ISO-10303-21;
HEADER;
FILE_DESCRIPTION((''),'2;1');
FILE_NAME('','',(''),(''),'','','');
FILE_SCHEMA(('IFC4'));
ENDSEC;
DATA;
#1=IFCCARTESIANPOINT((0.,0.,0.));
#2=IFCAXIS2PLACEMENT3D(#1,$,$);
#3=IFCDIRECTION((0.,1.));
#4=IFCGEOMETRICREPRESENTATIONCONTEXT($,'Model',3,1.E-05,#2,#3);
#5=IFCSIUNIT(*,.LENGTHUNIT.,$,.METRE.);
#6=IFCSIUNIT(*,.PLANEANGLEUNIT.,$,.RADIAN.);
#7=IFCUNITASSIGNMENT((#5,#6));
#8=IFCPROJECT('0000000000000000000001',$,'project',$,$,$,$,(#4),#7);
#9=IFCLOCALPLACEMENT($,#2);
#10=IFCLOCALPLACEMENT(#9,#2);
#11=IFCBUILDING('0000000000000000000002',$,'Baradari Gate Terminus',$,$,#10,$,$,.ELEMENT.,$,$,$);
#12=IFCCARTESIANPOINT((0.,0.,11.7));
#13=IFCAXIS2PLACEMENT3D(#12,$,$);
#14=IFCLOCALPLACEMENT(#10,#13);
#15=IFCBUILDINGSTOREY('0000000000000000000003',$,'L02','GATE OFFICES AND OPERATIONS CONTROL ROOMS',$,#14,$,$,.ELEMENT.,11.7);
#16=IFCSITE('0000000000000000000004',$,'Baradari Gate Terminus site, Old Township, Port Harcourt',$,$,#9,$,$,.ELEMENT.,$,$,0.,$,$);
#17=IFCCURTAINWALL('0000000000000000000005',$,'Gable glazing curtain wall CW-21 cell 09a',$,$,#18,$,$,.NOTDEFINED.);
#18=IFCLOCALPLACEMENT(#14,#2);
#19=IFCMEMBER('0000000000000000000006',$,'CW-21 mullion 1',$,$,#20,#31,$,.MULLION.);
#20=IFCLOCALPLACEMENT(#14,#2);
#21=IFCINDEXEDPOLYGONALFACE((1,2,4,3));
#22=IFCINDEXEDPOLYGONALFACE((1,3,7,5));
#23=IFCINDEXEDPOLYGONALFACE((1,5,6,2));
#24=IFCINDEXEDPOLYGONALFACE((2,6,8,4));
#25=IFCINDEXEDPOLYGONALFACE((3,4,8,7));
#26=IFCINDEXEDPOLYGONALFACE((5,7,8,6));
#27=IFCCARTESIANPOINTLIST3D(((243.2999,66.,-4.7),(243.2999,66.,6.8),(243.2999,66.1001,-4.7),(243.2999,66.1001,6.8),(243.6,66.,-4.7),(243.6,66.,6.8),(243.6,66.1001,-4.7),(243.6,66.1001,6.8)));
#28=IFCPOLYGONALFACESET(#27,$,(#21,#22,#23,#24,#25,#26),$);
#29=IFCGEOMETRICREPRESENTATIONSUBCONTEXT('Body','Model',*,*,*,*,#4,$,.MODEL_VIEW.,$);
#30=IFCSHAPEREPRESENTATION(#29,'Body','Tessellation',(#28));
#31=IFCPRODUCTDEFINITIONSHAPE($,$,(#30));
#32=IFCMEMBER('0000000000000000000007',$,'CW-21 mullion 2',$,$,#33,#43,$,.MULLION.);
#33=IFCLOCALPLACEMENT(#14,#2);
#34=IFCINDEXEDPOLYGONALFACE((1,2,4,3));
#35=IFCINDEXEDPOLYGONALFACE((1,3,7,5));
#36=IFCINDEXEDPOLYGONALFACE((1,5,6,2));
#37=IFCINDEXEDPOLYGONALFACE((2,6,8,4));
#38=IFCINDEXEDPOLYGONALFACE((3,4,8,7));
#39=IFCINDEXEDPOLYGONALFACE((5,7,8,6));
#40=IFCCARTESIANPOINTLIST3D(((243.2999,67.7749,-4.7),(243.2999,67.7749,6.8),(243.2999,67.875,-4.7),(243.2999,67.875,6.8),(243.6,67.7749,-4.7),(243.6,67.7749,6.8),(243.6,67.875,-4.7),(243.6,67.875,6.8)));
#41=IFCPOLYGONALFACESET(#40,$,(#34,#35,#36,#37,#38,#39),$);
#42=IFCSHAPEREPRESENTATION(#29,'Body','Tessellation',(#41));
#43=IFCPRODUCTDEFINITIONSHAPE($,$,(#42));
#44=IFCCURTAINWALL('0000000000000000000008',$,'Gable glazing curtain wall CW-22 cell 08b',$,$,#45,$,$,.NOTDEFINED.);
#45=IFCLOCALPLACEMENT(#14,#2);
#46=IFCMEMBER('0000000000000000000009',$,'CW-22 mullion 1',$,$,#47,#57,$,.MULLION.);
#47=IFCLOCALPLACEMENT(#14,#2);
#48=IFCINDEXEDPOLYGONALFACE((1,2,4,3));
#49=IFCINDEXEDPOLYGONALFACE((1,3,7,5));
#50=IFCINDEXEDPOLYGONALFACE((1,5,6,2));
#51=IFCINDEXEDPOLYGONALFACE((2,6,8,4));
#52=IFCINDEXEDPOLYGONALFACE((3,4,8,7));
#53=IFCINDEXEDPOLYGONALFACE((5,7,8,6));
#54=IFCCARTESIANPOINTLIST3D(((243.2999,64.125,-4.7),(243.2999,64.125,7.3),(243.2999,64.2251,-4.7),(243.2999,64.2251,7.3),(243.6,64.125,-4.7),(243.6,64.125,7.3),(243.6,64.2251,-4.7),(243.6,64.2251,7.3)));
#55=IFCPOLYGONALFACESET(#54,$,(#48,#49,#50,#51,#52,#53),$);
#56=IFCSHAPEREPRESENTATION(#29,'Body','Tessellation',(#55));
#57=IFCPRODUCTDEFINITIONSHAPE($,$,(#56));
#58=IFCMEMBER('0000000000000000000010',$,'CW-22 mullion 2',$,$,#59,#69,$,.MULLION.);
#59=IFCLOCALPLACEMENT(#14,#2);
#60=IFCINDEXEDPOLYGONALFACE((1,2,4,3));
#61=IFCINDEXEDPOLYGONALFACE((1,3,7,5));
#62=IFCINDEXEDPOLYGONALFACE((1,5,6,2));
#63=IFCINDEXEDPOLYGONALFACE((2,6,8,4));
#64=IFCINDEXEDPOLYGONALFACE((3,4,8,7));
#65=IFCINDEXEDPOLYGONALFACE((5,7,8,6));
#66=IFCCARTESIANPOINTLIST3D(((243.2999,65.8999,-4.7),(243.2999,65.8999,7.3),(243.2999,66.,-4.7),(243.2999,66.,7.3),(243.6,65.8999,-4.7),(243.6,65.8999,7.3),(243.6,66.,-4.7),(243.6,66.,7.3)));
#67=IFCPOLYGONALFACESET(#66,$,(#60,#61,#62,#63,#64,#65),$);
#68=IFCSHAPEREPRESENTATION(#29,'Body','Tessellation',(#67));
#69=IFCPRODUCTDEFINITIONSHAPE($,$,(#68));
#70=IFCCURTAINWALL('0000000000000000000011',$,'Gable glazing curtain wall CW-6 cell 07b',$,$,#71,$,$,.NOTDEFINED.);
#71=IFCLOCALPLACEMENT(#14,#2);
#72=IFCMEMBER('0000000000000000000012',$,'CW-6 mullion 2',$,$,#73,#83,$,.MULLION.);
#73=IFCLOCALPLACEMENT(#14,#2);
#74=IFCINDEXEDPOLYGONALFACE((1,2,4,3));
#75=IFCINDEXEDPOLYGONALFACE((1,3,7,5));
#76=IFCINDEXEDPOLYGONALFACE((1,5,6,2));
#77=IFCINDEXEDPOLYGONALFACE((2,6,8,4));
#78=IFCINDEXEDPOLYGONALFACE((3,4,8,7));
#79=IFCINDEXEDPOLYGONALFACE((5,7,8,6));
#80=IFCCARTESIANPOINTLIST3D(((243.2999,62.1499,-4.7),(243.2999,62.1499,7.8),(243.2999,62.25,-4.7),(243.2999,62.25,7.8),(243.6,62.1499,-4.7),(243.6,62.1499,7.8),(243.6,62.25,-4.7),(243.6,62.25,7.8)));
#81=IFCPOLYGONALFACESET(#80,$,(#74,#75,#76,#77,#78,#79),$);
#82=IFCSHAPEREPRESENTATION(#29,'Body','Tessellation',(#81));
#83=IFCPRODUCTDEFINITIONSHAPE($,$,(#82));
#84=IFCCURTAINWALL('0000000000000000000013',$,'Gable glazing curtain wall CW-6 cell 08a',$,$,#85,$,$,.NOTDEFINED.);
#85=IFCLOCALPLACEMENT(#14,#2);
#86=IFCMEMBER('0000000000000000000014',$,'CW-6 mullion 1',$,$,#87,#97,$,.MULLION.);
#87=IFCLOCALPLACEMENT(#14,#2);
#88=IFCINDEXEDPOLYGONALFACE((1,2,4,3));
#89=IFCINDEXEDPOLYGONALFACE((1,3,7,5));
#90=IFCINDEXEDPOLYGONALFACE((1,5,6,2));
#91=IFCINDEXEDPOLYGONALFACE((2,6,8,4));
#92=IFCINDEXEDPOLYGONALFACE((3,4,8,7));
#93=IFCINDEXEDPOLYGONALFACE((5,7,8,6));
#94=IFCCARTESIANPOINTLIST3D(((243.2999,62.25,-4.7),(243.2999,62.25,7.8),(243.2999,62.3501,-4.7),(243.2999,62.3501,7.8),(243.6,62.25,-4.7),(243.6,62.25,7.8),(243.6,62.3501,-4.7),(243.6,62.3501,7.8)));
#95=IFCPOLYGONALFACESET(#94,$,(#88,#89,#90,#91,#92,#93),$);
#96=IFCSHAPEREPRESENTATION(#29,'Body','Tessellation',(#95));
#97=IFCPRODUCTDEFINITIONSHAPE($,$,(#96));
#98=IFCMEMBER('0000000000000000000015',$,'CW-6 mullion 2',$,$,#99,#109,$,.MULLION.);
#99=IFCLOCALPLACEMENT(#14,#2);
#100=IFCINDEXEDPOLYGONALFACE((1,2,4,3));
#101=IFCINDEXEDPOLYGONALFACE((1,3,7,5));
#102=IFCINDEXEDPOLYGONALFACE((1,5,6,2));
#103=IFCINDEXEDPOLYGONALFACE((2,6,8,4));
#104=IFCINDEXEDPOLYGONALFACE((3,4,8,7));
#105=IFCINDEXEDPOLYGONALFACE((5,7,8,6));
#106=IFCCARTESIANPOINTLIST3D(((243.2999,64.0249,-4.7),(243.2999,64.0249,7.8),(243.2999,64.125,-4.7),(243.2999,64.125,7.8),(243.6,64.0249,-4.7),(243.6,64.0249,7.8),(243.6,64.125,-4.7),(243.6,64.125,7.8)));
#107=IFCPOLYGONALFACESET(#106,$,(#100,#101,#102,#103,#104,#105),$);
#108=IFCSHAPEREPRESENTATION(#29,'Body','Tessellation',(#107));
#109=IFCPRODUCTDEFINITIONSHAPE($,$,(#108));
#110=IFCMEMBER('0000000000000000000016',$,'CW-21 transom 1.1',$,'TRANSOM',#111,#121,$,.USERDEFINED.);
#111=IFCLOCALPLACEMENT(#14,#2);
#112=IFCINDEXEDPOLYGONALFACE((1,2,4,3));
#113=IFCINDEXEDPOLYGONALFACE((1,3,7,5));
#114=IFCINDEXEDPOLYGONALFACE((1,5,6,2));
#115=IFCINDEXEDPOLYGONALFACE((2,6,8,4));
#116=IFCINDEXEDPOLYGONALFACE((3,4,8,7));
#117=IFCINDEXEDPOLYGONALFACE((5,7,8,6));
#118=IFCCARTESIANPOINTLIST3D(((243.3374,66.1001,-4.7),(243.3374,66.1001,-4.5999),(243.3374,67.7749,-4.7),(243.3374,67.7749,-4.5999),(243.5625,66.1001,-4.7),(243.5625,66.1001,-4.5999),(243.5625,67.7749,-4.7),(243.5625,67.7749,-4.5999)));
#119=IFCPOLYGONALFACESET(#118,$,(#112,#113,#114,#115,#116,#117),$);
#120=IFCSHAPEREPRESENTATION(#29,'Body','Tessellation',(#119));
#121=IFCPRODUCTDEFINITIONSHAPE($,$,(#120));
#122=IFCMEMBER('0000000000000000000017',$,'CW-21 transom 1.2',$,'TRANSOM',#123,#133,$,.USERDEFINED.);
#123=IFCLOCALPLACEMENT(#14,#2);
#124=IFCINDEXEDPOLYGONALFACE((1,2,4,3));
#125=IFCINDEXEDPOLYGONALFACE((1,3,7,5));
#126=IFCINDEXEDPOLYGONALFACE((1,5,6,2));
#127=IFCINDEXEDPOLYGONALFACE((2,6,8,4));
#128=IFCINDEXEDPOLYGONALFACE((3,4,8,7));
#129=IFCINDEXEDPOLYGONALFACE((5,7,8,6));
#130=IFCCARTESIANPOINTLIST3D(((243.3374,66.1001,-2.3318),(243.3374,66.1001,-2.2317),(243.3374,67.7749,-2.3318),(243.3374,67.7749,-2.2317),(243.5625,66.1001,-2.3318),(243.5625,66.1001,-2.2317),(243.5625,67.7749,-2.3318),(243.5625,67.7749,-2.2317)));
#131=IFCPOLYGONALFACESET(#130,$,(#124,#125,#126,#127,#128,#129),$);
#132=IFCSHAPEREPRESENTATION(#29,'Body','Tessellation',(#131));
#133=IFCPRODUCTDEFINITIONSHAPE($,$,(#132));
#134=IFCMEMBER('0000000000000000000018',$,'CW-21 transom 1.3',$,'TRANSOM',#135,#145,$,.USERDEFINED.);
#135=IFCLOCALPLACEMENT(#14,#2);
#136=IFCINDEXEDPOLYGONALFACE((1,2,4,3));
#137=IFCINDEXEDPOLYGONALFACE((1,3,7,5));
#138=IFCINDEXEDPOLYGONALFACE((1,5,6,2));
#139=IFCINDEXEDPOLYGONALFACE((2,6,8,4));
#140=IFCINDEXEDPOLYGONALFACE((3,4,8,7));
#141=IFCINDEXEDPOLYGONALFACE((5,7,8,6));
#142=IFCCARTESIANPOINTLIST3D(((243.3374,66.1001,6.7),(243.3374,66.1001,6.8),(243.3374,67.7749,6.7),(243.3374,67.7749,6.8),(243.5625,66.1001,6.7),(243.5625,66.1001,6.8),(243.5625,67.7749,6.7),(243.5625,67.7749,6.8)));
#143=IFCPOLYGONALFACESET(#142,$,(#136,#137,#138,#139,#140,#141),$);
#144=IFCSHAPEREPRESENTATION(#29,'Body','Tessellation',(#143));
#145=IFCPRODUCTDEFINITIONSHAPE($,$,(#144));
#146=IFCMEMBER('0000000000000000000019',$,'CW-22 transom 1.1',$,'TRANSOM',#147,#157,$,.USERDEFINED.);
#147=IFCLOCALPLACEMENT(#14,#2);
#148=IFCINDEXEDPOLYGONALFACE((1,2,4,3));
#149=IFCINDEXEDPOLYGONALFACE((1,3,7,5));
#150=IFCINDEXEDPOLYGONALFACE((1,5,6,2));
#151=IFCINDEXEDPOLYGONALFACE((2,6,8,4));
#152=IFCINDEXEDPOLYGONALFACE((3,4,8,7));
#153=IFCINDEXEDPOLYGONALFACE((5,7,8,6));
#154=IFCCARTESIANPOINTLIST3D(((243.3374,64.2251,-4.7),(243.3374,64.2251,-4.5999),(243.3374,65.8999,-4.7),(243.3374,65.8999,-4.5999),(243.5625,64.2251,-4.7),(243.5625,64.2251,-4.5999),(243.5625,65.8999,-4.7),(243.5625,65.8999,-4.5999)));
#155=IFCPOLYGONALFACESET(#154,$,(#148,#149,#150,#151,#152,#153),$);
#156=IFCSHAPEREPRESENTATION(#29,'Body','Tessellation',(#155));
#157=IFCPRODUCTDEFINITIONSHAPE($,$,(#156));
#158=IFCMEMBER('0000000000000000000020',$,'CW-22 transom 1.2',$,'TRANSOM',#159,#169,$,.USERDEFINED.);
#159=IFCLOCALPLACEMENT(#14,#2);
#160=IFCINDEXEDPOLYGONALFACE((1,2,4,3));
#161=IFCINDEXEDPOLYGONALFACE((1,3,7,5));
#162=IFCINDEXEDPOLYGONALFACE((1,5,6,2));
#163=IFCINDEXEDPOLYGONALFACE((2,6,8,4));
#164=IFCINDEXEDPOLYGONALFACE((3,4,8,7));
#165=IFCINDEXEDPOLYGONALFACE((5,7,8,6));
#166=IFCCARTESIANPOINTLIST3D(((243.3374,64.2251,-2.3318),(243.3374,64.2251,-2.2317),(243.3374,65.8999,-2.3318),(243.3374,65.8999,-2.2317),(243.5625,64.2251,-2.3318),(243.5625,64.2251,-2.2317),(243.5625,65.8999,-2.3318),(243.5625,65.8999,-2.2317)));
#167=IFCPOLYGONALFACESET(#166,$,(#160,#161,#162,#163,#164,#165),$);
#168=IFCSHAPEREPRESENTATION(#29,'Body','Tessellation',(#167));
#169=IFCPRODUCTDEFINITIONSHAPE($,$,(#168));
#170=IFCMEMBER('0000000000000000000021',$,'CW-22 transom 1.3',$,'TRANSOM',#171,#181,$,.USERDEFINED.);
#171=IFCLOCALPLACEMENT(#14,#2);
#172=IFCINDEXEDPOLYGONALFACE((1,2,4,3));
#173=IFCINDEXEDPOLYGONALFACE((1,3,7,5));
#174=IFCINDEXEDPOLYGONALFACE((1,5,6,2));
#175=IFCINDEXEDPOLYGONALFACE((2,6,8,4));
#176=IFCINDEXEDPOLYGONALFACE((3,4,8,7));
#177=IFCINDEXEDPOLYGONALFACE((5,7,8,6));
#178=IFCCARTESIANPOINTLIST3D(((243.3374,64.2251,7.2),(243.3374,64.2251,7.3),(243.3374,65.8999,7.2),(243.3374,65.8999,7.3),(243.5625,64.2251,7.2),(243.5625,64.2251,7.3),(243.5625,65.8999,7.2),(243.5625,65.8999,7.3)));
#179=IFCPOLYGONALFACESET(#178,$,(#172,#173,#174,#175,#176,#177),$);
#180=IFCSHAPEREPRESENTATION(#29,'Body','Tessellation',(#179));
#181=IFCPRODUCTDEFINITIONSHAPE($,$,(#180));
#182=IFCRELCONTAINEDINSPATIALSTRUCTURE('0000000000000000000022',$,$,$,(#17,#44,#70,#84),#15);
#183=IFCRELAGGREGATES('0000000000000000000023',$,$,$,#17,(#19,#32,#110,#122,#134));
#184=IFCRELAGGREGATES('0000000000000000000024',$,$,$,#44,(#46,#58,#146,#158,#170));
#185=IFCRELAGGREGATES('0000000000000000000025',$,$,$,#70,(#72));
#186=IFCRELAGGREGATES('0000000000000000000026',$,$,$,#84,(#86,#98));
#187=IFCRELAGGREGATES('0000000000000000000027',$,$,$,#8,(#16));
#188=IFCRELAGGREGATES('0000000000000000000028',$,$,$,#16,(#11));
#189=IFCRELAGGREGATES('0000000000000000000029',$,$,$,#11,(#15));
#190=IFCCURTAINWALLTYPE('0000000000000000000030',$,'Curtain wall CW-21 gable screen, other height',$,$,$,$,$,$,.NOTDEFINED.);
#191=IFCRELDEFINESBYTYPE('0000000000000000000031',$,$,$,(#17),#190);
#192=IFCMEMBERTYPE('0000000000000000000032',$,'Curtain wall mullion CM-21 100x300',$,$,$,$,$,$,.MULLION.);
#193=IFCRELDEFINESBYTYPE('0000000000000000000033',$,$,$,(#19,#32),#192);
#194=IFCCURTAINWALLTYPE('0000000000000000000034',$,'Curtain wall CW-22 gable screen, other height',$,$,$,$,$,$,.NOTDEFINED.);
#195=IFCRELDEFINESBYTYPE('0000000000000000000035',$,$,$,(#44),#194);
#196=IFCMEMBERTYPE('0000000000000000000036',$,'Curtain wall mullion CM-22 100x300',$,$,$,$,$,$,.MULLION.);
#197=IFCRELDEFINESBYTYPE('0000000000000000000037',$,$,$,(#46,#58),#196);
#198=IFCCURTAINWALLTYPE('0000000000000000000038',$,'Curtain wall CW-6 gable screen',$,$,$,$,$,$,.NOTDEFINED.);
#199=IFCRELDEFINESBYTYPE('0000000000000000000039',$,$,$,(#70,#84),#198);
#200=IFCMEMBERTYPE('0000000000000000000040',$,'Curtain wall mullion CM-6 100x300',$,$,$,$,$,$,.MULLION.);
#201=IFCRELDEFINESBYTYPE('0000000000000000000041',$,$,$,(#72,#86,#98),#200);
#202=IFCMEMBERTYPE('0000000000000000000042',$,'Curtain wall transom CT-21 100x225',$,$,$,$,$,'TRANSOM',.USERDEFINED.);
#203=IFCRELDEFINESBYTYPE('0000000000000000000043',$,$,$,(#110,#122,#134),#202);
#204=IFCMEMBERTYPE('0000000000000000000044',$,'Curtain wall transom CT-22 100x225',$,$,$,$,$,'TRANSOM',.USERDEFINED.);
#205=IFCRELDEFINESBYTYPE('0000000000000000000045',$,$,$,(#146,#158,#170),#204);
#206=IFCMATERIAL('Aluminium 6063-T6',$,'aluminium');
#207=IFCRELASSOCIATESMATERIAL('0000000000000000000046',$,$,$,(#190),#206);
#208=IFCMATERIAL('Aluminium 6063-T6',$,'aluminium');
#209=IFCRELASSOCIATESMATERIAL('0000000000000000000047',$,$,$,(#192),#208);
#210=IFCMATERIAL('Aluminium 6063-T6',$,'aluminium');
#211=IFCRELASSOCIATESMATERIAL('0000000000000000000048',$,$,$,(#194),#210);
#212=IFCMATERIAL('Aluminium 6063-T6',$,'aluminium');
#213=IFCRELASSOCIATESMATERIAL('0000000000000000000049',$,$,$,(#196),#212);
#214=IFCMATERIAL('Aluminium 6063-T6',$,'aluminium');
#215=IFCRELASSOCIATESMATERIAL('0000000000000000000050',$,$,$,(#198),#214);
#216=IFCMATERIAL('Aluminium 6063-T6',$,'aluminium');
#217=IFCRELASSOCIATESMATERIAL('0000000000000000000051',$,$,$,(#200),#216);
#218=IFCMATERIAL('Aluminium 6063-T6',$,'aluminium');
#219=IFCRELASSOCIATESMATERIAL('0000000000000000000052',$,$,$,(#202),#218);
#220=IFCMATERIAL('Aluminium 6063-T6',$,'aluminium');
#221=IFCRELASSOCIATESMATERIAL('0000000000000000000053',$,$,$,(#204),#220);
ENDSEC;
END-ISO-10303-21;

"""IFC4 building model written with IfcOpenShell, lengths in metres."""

from ifc_helpers import new_model, si_unit, direction, frame, origin, origin_2d, place, context, subcontext, project, spatial, rectangle, extrude, material, material_profile, profile_set, type_object, element, aggregate, save


model = new_model("IFC4")

# Units and contexts
model_context = context("Model", 3, precision=1e-05, world=origin(), true_north=direction((0.0, 1.0)))
body_context = subcontext(model_context, "Body", "Model", "MODEL_VIEW")
ifc_project = project(units=[si_unit("LENGTHUNIT", "METRE"), si_unit("PLANEANGLEUNIT", "RADIAN")], contexts=[model_context])

# Site, building, storey
site_placement = place(None, origin())
site = spatial("IfcSite", under=ifc_project, at=site_placement, Name="Baradari Gate Terminus site, Old Township, Port Harcourt", CompositionType="ELEMENT", RefElevation=0.0)
building_placement = place(site_placement, origin())
building = spatial("IfcBuilding", under=site, at=building_placement, Name="Baradari Gate Terminus", CompositionType="ELEMENT")
storey_placement = place(building_placement, frame((0.0, 0.0, 11.7)))
storey = spatial("IfcBuildingStorey", under=building, at=storey_placement, Name="L02", Description="GATE OFFICES AND OPERATIONS CONTROL ROOMS", CompositionType="ELEMENT", Elevation=11.7)

# Curtain walls, members
ifc_material_1 = material(Name="Aluminium 6063-T6", Category="aluminium")
curtain_wall_type_1 = type_object("IfcCurtainWallType", Name="Curtain wall CW-21 gable screen, other height", PredefinedType="NOTDEFINED", material=ifc_material_1)
curtain_wall_1_placement = place(storey_placement, origin())
curtain_wall_1 = element("IfcCurtainWall", 1, at=curtain_wall_1_placement, inside=storey, type_object=curtain_wall_type_1, Name="Gable glazing curtain wall CW-21 cell 09a", PredefinedType="NOTDEFINED")
ifc_material_2 = material(Name="Aluminium 6063-T6", Category="aluminium")
ifc_material_profile_1 = material_profile(ifc_material_2, rectangle(XDim=0.3, YDim=0.1001, at=origin_2d()), Name="CM-21 100X300")
ifc_profile_set_1 = profile_set([ifc_material_profile_1], Name="Aluminium 6063-T6")
member_type_1 = type_object("IfcMemberType", Name="Curtain wall mullion CM-21 100x300", PredefinedType="MULLION", material=ifc_profile_set_1)
member_1_placement = place(storey_placement, frame((243.45, 66.05, -4.7), z_axis=(0.0, 0.0, 1.0), x_axis=(-1.0, 0.0, 0.0)))
member_1 = element("IfcMember", 2, at=member_1_placement, type_object=member_type_1, Name="CW-21 mullion 1", PredefinedType="MULLION", context=body_context, shape_type="SweptSolid", body=[
    extrude(rectangle(XDim=0.3, YDim=0.1001, at=origin_2d()), origin(), (0.0, 0.0, 1.0), 11.5),
])
member_2_placement = place(storey_placement, frame((243.45, 67.825, -4.7), z_axis=(0.0, 0.0, 1.0), x_axis=(-1.0, 0.0, 0.0)))
member_2 = element("IfcMember", 3, at=member_2_placement, type_object=member_type_1, Name="CW-21 mullion 2", PredefinedType="MULLION", context=body_context, shape_type="SweptSolid", body=[
    extrude(rectangle(XDim=0.3, YDim=0.1001, at=origin_2d()), origin(), (0.0, 0.0, 1.0), 11.5),
])
ifc_material_3 = material(Name="Aluminium 6063-T6", Category="aluminium")
curtain_wall_type_2 = type_object("IfcCurtainWallType", Name="Curtain wall CW-22 gable screen, other height", PredefinedType="NOTDEFINED", material=ifc_material_3)
curtain_wall_2_placement = place(storey_placement, origin())
curtain_wall_2 = element("IfcCurtainWall", 4, at=curtain_wall_2_placement, inside=storey, type_object=curtain_wall_type_2, Name="Gable glazing curtain wall CW-22 cell 08b", PredefinedType="NOTDEFINED")
ifc_material_4 = material(Name="Aluminium 6063-T6", Category="aluminium")
ifc_material_profile_2 = material_profile(ifc_material_4, rectangle(XDim=0.3, YDim=0.1001, at=origin_2d()), Name="CM-22 100X300")
ifc_profile_set_2 = profile_set([ifc_material_profile_2], Name="Aluminium 6063-T6")
member_type_2 = type_object("IfcMemberType", Name="Curtain wall mullion CM-22 100x300", PredefinedType="MULLION", material=ifc_profile_set_2)
member_3_placement = place(storey_placement, frame((243.45, 64.175, -4.7), z_axis=(0.0, 0.0, 1.0), x_axis=(-1.0, 0.0, 0.0)))
member_3 = element("IfcMember", 5, at=member_3_placement, type_object=member_type_2, Name="CW-22 mullion 1", PredefinedType="MULLION", context=body_context, shape_type="SweptSolid", body=[
    extrude(rectangle(XDim=0.3, YDim=0.1001, at=origin_2d()), origin(), (0.0, 0.0, 1.0), 12.0),
])
member_4_placement = place(storey_placement, frame((243.45, 65.95, -4.7), z_axis=(0.0, 0.0, 1.0), x_axis=(-1.0, 0.0, 0.0)))
member_4 = element("IfcMember", 6, at=member_4_placement, type_object=member_type_2, Name="CW-22 mullion 2", PredefinedType="MULLION", context=body_context, shape_type="SweptSolid", body=[
    extrude(rectangle(XDim=0.3, YDim=0.1001, at=origin_2d()), origin(), (0.0, 0.0, 1.0), 12.0),
])

# Curtain wall, member
ifc_material_5 = material(Name="Aluminium 6063-T6", Category="aluminium")
curtain_wall_type_3 = type_object("IfcCurtainWallType", Name="Curtain wall CW-6 gable screen", PredefinedType="NOTDEFINED", material=ifc_material_5)
curtain_wall_3_placement = place(storey_placement, origin())
curtain_wall_3 = element("IfcCurtainWall", 7, at=curtain_wall_3_placement, inside=storey, type_object=curtain_wall_type_3, Name="Gable glazing curtain wall CW-6 cell 07b", PredefinedType="NOTDEFINED")
ifc_material_6 = material(Name="Aluminium 6063-T6", Category="aluminium")
ifc_material_profile_3 = material_profile(ifc_material_6, rectangle(XDim=0.3, YDim=0.1001, at=origin_2d()), Name="CM-6 100X300")
ifc_profile_set_3 = profile_set([ifc_material_profile_3], Name="Aluminium 6063-T6")
member_type_3 = type_object("IfcMemberType", Name="Curtain wall mullion CM-6 100x300", PredefinedType="MULLION", material=ifc_profile_set_3)
member_5_placement = place(storey_placement, frame((243.45, 62.2, -4.7), z_axis=(0.0, 0.0, 1.0), x_axis=(-1.0, 0.0, 0.0)))
member_5 = element("IfcMember", 8, at=member_5_placement, type_object=member_type_3, Name="CW-6 mullion 2", PredefinedType="MULLION", context=body_context, shape_type="SweptSolid", body=[
    extrude(rectangle(XDim=0.3, YDim=0.1001, at=origin_2d()), origin(), (0.0, 0.0, 1.0), 12.5),
])

# Curtain wall, members
curtain_wall_4_placement = place(storey_placement, origin())
curtain_wall_4 = element("IfcCurtainWall", 9, at=curtain_wall_4_placement, inside=storey, type_object=curtain_wall_type_3, Name="Gable glazing curtain wall CW-6 cell 08a", PredefinedType="NOTDEFINED")
member_6_placement = place(storey_placement, frame((243.45, 62.3, -4.7), z_axis=(0.0, 0.0, 1.0), x_axis=(-1.0, 0.0, 0.0)))
member_6 = element("IfcMember", 10, at=member_6_placement, type_object=member_type_3, Name="CW-6 mullion 1", PredefinedType="MULLION", context=body_context, shape_type="SweptSolid", body=[
    extrude(rectangle(XDim=0.3, YDim=0.1001, at=origin_2d()), origin(), (0.0, 0.0, 1.0), 12.5),
])
member_7_placement = place(storey_placement, frame((243.45, 64.075, -4.7), z_axis=(0.0, 0.0, 1.0), x_axis=(-1.0, 0.0, 0.0)))
member_7 = element("IfcMember", 11, at=member_7_placement, type_object=member_type_3, Name="CW-6 mullion 2", PredefinedType="MULLION", context=body_context, shape_type="SweptSolid", body=[
    extrude(rectangle(XDim=0.3, YDim=0.1001, at=origin_2d()), origin(), (0.0, 0.0, 1.0), 12.5),
])

# Members
ifc_material_7 = material(Name="Aluminium 6063-T6", Category="aluminium")
ifc_material_profile_4 = material_profile(ifc_material_7, rectangle(XDim=0.2251, YDim=0.1001, at=origin_2d()), Name="CT-21 100X225")
ifc_profile_set_4 = profile_set([ifc_material_profile_4], Name="Aluminium 6063-T6")
member_type_4 = type_object("IfcMemberType", Name="Curtain wall transom CT-21 100x225", ElementType="TRANSOM", PredefinedType="USERDEFINED", material=ifc_profile_set_4)
member_8_placement = place(storey_placement, frame((243.45, 66.1001, -4.6499), z_axis=(0.0, 1.0, 0.0), x_axis=(-1.0, 0.0, 0.0)))
member_8 = element("IfcMember", 12, at=member_8_placement, type_object=member_type_4, Name="CW-21 transom 1.1", ObjectType="TRANSOM", PredefinedType="USERDEFINED", context=body_context, shape_type="SweptSolid", body=[
    extrude(rectangle(XDim=0.2251, YDim=0.1001, at=origin_2d()), origin(), (0.0, 0.0, 1.0), 1.6748),
])
member_9_placement = place(storey_placement, frame((243.45, 66.1001, -2.2817), z_axis=(0.0, 1.0, 0.0), x_axis=(-1.0, 0.0, 0.0)))
member_9 = element("IfcMember", 13, at=member_9_placement, type_object=member_type_4, Name="CW-21 transom 1.2", ObjectType="TRANSOM", PredefinedType="USERDEFINED", context=body_context, shape_type="SweptSolid", body=[
    extrude(rectangle(XDim=0.2251, YDim=0.1001, at=origin_2d()), origin(), (0.0, 0.0, 1.0), 1.6748),
])
member_10_placement = place(storey_placement, frame((243.45, 66.1001, 6.75), z_axis=(0.0, 1.0, 0.0), x_axis=(-1.0, 0.0, 0.0)))
member_10 = element("IfcMember", 14, at=member_10_placement, type_object=member_type_4, Name="CW-21 transom 1.3", ObjectType="TRANSOM", PredefinedType="USERDEFINED", context=body_context, shape_type="SweptSolid", body=[
    extrude(rectangle(XDim=0.2251, YDim=0.1001, at=origin_2d()), origin(), (0.0, 0.0, 1.0), 1.6748),
])
ifc_material_8 = material(Name="Aluminium 6063-T6", Category="aluminium")
ifc_material_profile_5 = material_profile(ifc_material_8, rectangle(XDim=0.2251, YDim=0.1001, at=origin_2d()), Name="CT-22 100X225")
ifc_profile_set_5 = profile_set([ifc_material_profile_5], Name="Aluminium 6063-T6")
member_type_5 = type_object("IfcMemberType", Name="Curtain wall transom CT-22 100x225", ElementType="TRANSOM", PredefinedType="USERDEFINED", material=ifc_profile_set_5)
member_11_placement = place(storey_placement, frame((243.45, 64.2251, -4.6499), z_axis=(0.0, 1.0, 0.0), x_axis=(-1.0, 0.0, 0.0)))
member_11 = element("IfcMember", 15, at=member_11_placement, type_object=member_type_5, Name="CW-22 transom 1.1", ObjectType="TRANSOM", PredefinedType="USERDEFINED", context=body_context, shape_type="SweptSolid", body=[
    extrude(rectangle(XDim=0.2251, YDim=0.1001, at=origin_2d()), origin(), (0.0, 0.0, 1.0), 1.6748),
])
member_12_placement = place(storey_placement, frame((243.45, 64.2251, -2.2817), z_axis=(0.0, 1.0, 0.0), x_axis=(-1.0, 0.0, 0.0)))
member_12 = element("IfcMember", 16, at=member_12_placement, type_object=member_type_5, Name="CW-22 transom 1.2", ObjectType="TRANSOM", PredefinedType="USERDEFINED", context=body_context, shape_type="SweptSolid", body=[
    extrude(rectangle(XDim=0.2251, YDim=0.1001, at=origin_2d()), origin(), (0.0, 0.0, 1.0), 1.6748),
])
member_13_placement = place(storey_placement, frame((243.45, 64.2251, 7.25), z_axis=(0.0, 1.0, 0.0), x_axis=(-1.0, 0.0, 0.0)))
member_13 = element("IfcMember", 17, at=member_13_placement, type_object=member_type_5, Name="CW-22 transom 1.3", ObjectType="TRANSOM", PredefinedType="USERDEFINED", context=body_context, shape_type="SweptSolid", body=[
    extrude(rectangle(XDim=0.2251, YDim=0.1001, at=origin_2d()), origin(), (0.0, 0.0, 1.0), 1.6748),
])

aggregate(curtain_wall_1, [member_1, member_2, member_8, member_9, member_10])
aggregate(curtain_wall_2, [member_3, member_4, member_11, member_12, member_13])
aggregate(curtain_wall_3, [member_5])
aggregate(curtain_wall_4, [member_6, member_7])

save(model, "model.ifc")
